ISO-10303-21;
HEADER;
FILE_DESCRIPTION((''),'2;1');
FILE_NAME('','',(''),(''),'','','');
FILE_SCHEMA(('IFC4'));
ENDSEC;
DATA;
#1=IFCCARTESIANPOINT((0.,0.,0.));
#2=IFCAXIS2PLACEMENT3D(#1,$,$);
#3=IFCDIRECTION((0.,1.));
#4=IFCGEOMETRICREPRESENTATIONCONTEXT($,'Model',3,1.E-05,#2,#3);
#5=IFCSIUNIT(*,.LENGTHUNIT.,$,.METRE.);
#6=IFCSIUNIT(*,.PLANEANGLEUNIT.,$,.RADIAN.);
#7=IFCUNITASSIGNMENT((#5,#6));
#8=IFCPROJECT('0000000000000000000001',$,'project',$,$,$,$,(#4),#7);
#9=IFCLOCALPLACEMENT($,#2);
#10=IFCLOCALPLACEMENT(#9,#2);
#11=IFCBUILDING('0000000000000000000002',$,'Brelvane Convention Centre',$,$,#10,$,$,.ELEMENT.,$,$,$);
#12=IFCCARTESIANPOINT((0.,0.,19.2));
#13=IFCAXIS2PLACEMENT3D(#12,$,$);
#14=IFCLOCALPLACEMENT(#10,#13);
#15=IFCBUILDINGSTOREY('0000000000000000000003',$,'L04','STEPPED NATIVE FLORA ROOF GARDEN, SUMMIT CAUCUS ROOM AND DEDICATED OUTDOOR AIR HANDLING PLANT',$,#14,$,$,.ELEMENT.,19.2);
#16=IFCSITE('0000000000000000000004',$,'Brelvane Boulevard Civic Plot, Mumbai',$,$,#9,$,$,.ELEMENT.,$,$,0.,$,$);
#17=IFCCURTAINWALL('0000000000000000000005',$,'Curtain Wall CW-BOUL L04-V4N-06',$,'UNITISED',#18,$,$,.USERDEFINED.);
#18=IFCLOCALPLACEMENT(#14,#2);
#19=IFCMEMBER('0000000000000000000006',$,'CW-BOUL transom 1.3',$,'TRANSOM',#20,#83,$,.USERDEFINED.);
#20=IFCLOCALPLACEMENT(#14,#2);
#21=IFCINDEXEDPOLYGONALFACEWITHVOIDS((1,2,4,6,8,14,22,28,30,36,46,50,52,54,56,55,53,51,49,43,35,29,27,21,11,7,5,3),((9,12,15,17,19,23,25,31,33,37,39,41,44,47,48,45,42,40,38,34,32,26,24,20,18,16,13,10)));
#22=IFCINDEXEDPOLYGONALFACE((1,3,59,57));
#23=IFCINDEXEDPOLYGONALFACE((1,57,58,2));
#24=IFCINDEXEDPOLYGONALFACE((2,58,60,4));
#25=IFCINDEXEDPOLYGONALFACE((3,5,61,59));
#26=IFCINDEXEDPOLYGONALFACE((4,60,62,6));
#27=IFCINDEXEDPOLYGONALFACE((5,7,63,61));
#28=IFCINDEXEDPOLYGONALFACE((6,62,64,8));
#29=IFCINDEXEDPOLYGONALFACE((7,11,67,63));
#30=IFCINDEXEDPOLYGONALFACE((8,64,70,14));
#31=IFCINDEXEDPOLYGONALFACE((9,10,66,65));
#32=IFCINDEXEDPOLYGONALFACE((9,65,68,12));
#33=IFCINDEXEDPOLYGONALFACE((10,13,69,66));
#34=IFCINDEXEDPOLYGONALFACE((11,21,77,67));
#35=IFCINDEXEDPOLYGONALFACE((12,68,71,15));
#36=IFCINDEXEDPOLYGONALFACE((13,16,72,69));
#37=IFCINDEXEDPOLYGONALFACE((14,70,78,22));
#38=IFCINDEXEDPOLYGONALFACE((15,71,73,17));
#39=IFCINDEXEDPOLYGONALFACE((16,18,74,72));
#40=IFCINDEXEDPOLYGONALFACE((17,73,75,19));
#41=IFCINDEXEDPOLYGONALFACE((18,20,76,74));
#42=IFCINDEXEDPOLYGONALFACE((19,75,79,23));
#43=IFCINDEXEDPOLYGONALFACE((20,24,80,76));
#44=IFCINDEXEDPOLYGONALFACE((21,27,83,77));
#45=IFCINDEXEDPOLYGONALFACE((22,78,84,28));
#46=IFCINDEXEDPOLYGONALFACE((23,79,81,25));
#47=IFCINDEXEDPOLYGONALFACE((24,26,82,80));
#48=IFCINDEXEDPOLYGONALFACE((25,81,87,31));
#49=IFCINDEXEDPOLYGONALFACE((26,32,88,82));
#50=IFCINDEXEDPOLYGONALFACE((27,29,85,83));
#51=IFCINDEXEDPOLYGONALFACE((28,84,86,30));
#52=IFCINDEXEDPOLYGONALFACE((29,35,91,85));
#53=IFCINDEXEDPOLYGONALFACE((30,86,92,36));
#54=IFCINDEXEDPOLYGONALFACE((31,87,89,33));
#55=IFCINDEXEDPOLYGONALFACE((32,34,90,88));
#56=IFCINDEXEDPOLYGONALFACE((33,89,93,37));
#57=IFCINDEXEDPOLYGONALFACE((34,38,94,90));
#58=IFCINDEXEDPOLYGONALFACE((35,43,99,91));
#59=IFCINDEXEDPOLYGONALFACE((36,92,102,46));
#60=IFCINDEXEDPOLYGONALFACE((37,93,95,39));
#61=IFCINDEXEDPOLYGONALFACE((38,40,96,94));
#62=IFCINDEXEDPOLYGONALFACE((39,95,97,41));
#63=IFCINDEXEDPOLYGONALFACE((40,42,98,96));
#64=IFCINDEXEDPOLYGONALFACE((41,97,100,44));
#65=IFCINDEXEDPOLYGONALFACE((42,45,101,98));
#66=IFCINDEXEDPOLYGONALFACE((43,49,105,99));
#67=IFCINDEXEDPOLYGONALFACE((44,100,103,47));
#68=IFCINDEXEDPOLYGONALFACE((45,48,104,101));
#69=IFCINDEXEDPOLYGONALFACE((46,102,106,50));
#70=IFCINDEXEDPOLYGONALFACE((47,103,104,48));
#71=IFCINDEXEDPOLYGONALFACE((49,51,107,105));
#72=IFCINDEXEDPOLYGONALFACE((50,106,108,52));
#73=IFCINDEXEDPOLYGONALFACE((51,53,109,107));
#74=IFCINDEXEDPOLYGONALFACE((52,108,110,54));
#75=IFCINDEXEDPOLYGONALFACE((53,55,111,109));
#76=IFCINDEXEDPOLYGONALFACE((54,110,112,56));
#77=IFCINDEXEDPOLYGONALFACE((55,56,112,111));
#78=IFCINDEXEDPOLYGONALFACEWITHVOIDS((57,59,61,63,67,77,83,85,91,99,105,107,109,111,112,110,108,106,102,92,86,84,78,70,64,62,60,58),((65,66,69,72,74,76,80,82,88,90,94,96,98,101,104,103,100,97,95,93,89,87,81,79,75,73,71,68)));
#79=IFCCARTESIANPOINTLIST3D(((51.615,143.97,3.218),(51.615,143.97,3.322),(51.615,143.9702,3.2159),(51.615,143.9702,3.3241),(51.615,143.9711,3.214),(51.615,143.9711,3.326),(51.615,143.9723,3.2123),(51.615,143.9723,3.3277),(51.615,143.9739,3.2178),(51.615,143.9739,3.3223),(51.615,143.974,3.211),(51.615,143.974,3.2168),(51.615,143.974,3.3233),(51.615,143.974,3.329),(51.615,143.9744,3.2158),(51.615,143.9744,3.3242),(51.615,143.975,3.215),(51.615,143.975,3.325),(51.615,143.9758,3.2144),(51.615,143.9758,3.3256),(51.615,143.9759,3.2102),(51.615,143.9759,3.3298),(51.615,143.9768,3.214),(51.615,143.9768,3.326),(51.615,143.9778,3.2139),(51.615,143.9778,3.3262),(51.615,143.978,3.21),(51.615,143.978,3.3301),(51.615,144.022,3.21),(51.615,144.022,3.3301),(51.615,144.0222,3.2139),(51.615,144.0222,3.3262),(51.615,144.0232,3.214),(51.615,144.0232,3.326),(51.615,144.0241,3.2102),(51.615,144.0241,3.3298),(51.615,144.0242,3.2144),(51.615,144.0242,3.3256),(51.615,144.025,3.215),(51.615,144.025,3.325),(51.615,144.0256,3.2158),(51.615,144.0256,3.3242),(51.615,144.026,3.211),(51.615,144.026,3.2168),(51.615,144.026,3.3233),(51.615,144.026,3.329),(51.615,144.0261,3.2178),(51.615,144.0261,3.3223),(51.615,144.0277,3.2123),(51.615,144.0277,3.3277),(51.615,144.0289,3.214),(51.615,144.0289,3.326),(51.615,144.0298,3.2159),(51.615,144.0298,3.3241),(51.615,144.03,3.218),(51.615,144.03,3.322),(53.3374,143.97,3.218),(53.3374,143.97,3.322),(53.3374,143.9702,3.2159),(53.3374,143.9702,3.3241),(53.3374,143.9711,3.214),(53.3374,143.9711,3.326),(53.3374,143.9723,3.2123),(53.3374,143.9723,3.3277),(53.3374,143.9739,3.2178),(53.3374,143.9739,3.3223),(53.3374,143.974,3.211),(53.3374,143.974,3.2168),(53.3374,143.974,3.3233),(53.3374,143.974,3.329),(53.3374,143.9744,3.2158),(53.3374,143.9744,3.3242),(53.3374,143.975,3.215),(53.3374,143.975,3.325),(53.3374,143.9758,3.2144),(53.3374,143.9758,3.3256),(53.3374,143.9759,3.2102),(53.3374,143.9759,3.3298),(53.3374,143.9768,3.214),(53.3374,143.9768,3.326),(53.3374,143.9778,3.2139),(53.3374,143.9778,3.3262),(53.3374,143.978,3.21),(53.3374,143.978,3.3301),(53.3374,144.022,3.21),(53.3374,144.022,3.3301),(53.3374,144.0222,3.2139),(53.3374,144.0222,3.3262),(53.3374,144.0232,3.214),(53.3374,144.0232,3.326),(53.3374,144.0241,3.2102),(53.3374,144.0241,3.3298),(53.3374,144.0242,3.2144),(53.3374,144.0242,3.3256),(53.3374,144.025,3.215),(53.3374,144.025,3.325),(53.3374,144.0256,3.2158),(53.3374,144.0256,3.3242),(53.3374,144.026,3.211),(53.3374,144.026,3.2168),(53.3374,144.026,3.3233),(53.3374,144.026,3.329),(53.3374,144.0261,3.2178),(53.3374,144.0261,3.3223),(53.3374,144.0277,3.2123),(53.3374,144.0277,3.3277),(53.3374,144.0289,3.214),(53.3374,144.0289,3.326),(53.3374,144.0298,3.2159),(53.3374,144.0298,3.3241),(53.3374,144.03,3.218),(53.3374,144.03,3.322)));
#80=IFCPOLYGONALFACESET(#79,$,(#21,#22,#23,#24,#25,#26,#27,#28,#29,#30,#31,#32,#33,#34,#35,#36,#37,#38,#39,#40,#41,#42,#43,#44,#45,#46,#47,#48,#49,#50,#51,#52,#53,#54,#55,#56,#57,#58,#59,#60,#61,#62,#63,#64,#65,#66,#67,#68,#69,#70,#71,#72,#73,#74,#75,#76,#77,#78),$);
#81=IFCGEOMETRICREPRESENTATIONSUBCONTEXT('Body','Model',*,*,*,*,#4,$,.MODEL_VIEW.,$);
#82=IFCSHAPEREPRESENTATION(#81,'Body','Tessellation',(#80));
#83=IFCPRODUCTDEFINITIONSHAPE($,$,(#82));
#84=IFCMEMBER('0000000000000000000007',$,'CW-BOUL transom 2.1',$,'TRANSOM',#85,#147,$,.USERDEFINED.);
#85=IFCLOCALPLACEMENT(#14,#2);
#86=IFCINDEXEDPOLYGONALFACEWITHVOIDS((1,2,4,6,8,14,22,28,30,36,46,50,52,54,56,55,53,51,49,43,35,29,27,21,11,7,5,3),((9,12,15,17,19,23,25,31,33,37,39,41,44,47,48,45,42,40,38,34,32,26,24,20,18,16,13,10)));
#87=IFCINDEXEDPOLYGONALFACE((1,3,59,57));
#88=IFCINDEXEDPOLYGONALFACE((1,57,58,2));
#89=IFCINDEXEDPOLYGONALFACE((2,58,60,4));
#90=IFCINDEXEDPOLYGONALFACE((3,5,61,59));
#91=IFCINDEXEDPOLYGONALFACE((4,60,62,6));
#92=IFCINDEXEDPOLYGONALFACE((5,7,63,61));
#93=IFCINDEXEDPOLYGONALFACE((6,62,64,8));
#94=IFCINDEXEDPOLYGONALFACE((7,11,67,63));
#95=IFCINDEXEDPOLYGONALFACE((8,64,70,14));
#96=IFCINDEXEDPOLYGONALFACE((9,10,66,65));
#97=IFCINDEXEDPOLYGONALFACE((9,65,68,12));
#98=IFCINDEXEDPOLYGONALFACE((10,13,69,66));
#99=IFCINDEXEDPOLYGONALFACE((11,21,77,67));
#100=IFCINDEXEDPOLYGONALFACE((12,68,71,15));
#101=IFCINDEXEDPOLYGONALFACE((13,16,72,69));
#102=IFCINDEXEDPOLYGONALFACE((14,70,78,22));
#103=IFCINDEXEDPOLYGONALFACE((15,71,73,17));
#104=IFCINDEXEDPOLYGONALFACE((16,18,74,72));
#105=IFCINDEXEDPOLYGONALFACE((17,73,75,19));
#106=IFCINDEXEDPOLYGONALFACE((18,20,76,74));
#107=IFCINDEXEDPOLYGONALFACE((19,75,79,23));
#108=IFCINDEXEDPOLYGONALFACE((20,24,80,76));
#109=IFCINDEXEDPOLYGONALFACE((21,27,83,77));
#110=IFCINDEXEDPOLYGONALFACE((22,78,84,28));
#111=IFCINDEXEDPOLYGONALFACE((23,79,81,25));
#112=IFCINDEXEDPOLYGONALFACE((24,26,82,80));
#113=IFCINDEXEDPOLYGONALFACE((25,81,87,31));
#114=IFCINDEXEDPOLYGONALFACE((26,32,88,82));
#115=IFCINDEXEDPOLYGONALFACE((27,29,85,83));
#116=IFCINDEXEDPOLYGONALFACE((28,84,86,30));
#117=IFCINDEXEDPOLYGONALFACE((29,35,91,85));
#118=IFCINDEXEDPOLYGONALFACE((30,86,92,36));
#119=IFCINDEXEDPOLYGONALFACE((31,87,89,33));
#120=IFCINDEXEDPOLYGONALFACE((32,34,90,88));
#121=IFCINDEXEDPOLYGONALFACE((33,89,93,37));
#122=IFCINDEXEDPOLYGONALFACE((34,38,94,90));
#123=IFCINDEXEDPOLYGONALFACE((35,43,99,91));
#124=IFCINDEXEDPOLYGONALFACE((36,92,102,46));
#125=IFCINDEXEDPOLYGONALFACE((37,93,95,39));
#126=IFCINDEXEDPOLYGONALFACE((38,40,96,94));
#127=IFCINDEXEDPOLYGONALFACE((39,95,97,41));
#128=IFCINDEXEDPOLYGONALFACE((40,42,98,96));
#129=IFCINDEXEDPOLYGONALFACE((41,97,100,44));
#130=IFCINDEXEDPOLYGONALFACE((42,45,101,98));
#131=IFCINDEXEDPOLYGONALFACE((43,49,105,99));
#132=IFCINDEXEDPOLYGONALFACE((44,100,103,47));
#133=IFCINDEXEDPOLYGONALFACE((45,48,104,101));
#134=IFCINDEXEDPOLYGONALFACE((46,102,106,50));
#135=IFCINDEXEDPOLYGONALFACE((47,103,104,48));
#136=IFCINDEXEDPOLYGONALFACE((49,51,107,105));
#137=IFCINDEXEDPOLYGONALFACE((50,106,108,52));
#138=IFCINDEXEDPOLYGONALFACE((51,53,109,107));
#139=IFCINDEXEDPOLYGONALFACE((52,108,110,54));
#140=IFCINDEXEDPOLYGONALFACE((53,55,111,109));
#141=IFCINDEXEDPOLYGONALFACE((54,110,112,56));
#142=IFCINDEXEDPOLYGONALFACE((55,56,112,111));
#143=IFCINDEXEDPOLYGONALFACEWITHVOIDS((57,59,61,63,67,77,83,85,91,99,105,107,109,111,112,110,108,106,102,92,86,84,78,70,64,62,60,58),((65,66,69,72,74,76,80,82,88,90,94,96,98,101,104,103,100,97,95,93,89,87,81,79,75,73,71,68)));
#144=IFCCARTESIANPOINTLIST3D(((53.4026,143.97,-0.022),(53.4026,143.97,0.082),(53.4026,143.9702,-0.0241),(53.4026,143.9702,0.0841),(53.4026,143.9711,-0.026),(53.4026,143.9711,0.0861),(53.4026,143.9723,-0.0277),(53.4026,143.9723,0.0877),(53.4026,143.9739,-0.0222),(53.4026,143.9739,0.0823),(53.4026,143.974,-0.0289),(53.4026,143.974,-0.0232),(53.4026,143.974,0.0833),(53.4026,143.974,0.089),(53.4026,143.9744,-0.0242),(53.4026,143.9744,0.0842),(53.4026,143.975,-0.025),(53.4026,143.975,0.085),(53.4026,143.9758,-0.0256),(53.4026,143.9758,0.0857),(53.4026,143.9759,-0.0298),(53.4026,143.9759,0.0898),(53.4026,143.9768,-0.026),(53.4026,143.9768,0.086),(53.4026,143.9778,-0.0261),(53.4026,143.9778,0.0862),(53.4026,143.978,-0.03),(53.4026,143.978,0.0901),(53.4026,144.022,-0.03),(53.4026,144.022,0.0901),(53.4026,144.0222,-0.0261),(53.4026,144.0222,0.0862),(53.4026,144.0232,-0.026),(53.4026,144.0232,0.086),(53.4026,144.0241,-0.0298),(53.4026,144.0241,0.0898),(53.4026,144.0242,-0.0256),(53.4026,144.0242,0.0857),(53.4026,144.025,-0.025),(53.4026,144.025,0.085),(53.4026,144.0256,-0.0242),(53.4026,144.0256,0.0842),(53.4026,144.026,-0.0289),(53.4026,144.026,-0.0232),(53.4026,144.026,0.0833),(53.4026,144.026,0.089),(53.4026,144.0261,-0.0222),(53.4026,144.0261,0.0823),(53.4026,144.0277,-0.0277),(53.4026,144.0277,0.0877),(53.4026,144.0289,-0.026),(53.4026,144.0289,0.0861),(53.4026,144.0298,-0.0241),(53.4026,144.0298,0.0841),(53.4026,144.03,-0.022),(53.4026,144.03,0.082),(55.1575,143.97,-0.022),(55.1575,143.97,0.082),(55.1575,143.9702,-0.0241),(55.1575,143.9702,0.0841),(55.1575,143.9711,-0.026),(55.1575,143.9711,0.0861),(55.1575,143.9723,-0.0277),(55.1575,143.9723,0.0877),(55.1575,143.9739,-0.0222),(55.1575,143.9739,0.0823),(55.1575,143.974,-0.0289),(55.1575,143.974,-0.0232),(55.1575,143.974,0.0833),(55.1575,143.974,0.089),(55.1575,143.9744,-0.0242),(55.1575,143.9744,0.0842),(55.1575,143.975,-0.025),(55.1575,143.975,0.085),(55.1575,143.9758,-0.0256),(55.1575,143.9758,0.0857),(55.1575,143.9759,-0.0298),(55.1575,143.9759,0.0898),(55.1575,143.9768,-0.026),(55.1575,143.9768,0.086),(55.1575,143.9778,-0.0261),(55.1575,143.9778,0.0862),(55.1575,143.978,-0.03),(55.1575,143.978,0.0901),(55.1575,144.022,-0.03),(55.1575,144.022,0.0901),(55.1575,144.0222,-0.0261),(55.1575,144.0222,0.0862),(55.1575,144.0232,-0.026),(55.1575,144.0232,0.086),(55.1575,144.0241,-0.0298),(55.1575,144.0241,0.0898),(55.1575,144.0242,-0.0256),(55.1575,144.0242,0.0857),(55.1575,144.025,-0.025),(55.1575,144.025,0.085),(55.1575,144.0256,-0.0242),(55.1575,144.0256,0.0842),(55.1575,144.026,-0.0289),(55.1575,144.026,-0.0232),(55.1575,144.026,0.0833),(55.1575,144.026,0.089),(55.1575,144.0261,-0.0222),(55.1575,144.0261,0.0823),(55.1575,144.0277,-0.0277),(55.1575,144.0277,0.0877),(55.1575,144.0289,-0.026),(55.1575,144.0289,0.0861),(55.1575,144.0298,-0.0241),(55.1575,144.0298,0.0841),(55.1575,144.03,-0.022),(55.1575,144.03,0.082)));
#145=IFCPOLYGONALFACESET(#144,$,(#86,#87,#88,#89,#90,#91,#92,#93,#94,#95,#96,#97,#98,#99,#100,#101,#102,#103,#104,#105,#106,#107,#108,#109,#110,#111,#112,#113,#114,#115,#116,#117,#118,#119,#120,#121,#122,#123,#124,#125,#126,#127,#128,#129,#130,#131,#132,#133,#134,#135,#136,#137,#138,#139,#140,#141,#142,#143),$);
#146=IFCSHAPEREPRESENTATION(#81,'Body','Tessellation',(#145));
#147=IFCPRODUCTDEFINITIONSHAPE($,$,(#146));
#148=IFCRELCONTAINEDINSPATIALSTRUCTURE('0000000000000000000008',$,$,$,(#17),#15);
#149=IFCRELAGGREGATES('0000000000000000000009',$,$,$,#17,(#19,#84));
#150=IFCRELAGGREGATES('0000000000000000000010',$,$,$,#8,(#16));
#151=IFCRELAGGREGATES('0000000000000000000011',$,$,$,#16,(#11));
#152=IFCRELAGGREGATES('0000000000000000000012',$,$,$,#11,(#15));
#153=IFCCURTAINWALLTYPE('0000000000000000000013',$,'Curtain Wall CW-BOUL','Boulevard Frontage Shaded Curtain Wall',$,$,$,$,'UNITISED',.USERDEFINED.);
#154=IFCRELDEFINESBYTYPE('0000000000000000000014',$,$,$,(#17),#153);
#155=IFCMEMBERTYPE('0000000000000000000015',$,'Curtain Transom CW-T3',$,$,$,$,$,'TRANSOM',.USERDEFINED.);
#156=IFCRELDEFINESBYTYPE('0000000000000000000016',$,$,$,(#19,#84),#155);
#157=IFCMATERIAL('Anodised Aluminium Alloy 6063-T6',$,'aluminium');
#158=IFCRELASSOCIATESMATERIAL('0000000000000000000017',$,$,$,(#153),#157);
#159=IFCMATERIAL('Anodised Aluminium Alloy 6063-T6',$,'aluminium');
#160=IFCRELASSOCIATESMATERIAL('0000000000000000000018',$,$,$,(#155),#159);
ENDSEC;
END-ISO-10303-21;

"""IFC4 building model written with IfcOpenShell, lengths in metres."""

from ifc_helpers import new_model, si_unit, direction, frame, origin, origin_2d, place, context, subcontext, project, spatial, hollow_rectangle, extrude, material, material_profile, profile_set, type_object, element, aggregate, save


model = new_model("IFC4")

# Units and contexts
model_context = context("Model", 3, precision=1e-05, world=origin(), true_north=direction((0.0, 1.0)))
body_context = subcontext(model_context, "Body", "Model", "MODEL_VIEW")
ifc_project = project(units=[si_unit("LENGTHUNIT", "METRE"), si_unit("PLANEANGLEUNIT", "RADIAN")], contexts=[model_context])

# Site, building, storey
site_placement = place(None, origin())
site = spatial("IfcSite", under=ifc_project, at=site_placement, Name="Brelvane Boulevard Civic Plot, Mumbai", CompositionType="ELEMENT", RefElevation=0.0)
building_placement = place(site_placement, origin())
building = spatial("IfcBuilding", under=site, at=building_placement, Name="Brelvane Convention Centre", CompositionType="ELEMENT")
storey_placement = place(building_placement, frame((0.0, 0.0, 19.2)))
storey = spatial("IfcBuildingStorey", under=building, at=storey_placement, Name="L04", Description="STEPPED NATIVE FLORA ROOF GARDEN, SUMMIT CAUCUS ROOM AND DEDICATED OUTDOOR AIR HANDLING PLANT", CompositionType="ELEMENT", Elevation=19.2)

# Shared definitions
ifc_material_1 = material(Name="Anodised Aluminium Alloy 6063-T6", Category="aluminium")
curtain_wall_type = type_object("IfcCurtainWallType", Name="Curtain Wall CW-BOUL", Description="Boulevard Frontage Shaded Curtain Wall", ElementType="UNITISED", PredefinedType="USERDEFINED", material=ifc_material_1)

# Curtain wall
curtain_wall_1_placement = place(storey_placement, origin())
curtain_wall_1 = element("IfcCurtainWall", 1, at=curtain_wall_1_placement, inside=storey, type_object=curtain_wall_type, Name="Curtain Wall CW-BOUL L04-V4N-06", ObjectType="UNITISED", PredefinedType="USERDEFINED")

# Members
ifc_material_2 = material(Name="Anodised Aluminium Alloy 6063-T6", Category="aluminium")
ifc_material_profile_1 = material_profile(ifc_material_2, hollow_rectangle(XDim=0.0601, YDim=0.1201, WallThickness=0.0039, InnerFilletRadius=0.0039, OuterFilletRadius=0.0081, at=origin_2d()), Name="ALU-T 120x60x4.0")
ifc_profile_set_1 = profile_set([ifc_material_profile_1], Name="Anodised Aluminium Alloy 6063-T6")
member_type_1 = type_object("IfcMemberType", Name="Curtain Transom CW-T3", ElementType="TRANSOM", PredefinedType="USERDEFINED", material=ifc_profile_set_1)
member_1_placement = place(storey_placement, frame((51.615, 144.0, 3.27), z_axis=(1.0, 0.0, 0.0), x_axis=(0.0, 1.0, 0.0)))
member_1 = element("IfcMember", 2, at=member_1_placement, type_object=member_type_1, Name="CW-BOUL transom 1.3", ObjectType="TRANSOM", PredefinedType="USERDEFINED", context=body_context, shape_type="SweptSolid", body=[
    extrude(hollow_rectangle(XDim=0.0601, YDim=0.1201, WallThickness=0.0039, InnerFilletRadius=0.0039, OuterFilletRadius=0.0081, at=origin_2d()), origin(), (0.0, 0.0, 1.0), 1.7224),
])
member_2_placement = place(storey_placement, frame((53.4026, 144.0, 0.03), z_axis=(1.0, 0.0, 0.0), x_axis=(0.0, 1.0, 0.0)))
member_2 = element("IfcMember", 3, at=member_2_placement, type_object=member_type_1, Name="CW-BOUL transom 2.1", ObjectType="TRANSOM", PredefinedType="USERDEFINED", context=body_context, shape_type="SweptSolid", body=[
    extrude(hollow_rectangle(XDim=0.0601, YDim=0.1201, WallThickness=0.0039, InnerFilletRadius=0.0039, OuterFilletRadius=0.0081, at=origin_2d()), origin(), (0.0, 0.0, 1.0), 1.7549),
])

aggregate(curtain_wall_1, [member_1, member_2])

save(model, "model.ifc")
